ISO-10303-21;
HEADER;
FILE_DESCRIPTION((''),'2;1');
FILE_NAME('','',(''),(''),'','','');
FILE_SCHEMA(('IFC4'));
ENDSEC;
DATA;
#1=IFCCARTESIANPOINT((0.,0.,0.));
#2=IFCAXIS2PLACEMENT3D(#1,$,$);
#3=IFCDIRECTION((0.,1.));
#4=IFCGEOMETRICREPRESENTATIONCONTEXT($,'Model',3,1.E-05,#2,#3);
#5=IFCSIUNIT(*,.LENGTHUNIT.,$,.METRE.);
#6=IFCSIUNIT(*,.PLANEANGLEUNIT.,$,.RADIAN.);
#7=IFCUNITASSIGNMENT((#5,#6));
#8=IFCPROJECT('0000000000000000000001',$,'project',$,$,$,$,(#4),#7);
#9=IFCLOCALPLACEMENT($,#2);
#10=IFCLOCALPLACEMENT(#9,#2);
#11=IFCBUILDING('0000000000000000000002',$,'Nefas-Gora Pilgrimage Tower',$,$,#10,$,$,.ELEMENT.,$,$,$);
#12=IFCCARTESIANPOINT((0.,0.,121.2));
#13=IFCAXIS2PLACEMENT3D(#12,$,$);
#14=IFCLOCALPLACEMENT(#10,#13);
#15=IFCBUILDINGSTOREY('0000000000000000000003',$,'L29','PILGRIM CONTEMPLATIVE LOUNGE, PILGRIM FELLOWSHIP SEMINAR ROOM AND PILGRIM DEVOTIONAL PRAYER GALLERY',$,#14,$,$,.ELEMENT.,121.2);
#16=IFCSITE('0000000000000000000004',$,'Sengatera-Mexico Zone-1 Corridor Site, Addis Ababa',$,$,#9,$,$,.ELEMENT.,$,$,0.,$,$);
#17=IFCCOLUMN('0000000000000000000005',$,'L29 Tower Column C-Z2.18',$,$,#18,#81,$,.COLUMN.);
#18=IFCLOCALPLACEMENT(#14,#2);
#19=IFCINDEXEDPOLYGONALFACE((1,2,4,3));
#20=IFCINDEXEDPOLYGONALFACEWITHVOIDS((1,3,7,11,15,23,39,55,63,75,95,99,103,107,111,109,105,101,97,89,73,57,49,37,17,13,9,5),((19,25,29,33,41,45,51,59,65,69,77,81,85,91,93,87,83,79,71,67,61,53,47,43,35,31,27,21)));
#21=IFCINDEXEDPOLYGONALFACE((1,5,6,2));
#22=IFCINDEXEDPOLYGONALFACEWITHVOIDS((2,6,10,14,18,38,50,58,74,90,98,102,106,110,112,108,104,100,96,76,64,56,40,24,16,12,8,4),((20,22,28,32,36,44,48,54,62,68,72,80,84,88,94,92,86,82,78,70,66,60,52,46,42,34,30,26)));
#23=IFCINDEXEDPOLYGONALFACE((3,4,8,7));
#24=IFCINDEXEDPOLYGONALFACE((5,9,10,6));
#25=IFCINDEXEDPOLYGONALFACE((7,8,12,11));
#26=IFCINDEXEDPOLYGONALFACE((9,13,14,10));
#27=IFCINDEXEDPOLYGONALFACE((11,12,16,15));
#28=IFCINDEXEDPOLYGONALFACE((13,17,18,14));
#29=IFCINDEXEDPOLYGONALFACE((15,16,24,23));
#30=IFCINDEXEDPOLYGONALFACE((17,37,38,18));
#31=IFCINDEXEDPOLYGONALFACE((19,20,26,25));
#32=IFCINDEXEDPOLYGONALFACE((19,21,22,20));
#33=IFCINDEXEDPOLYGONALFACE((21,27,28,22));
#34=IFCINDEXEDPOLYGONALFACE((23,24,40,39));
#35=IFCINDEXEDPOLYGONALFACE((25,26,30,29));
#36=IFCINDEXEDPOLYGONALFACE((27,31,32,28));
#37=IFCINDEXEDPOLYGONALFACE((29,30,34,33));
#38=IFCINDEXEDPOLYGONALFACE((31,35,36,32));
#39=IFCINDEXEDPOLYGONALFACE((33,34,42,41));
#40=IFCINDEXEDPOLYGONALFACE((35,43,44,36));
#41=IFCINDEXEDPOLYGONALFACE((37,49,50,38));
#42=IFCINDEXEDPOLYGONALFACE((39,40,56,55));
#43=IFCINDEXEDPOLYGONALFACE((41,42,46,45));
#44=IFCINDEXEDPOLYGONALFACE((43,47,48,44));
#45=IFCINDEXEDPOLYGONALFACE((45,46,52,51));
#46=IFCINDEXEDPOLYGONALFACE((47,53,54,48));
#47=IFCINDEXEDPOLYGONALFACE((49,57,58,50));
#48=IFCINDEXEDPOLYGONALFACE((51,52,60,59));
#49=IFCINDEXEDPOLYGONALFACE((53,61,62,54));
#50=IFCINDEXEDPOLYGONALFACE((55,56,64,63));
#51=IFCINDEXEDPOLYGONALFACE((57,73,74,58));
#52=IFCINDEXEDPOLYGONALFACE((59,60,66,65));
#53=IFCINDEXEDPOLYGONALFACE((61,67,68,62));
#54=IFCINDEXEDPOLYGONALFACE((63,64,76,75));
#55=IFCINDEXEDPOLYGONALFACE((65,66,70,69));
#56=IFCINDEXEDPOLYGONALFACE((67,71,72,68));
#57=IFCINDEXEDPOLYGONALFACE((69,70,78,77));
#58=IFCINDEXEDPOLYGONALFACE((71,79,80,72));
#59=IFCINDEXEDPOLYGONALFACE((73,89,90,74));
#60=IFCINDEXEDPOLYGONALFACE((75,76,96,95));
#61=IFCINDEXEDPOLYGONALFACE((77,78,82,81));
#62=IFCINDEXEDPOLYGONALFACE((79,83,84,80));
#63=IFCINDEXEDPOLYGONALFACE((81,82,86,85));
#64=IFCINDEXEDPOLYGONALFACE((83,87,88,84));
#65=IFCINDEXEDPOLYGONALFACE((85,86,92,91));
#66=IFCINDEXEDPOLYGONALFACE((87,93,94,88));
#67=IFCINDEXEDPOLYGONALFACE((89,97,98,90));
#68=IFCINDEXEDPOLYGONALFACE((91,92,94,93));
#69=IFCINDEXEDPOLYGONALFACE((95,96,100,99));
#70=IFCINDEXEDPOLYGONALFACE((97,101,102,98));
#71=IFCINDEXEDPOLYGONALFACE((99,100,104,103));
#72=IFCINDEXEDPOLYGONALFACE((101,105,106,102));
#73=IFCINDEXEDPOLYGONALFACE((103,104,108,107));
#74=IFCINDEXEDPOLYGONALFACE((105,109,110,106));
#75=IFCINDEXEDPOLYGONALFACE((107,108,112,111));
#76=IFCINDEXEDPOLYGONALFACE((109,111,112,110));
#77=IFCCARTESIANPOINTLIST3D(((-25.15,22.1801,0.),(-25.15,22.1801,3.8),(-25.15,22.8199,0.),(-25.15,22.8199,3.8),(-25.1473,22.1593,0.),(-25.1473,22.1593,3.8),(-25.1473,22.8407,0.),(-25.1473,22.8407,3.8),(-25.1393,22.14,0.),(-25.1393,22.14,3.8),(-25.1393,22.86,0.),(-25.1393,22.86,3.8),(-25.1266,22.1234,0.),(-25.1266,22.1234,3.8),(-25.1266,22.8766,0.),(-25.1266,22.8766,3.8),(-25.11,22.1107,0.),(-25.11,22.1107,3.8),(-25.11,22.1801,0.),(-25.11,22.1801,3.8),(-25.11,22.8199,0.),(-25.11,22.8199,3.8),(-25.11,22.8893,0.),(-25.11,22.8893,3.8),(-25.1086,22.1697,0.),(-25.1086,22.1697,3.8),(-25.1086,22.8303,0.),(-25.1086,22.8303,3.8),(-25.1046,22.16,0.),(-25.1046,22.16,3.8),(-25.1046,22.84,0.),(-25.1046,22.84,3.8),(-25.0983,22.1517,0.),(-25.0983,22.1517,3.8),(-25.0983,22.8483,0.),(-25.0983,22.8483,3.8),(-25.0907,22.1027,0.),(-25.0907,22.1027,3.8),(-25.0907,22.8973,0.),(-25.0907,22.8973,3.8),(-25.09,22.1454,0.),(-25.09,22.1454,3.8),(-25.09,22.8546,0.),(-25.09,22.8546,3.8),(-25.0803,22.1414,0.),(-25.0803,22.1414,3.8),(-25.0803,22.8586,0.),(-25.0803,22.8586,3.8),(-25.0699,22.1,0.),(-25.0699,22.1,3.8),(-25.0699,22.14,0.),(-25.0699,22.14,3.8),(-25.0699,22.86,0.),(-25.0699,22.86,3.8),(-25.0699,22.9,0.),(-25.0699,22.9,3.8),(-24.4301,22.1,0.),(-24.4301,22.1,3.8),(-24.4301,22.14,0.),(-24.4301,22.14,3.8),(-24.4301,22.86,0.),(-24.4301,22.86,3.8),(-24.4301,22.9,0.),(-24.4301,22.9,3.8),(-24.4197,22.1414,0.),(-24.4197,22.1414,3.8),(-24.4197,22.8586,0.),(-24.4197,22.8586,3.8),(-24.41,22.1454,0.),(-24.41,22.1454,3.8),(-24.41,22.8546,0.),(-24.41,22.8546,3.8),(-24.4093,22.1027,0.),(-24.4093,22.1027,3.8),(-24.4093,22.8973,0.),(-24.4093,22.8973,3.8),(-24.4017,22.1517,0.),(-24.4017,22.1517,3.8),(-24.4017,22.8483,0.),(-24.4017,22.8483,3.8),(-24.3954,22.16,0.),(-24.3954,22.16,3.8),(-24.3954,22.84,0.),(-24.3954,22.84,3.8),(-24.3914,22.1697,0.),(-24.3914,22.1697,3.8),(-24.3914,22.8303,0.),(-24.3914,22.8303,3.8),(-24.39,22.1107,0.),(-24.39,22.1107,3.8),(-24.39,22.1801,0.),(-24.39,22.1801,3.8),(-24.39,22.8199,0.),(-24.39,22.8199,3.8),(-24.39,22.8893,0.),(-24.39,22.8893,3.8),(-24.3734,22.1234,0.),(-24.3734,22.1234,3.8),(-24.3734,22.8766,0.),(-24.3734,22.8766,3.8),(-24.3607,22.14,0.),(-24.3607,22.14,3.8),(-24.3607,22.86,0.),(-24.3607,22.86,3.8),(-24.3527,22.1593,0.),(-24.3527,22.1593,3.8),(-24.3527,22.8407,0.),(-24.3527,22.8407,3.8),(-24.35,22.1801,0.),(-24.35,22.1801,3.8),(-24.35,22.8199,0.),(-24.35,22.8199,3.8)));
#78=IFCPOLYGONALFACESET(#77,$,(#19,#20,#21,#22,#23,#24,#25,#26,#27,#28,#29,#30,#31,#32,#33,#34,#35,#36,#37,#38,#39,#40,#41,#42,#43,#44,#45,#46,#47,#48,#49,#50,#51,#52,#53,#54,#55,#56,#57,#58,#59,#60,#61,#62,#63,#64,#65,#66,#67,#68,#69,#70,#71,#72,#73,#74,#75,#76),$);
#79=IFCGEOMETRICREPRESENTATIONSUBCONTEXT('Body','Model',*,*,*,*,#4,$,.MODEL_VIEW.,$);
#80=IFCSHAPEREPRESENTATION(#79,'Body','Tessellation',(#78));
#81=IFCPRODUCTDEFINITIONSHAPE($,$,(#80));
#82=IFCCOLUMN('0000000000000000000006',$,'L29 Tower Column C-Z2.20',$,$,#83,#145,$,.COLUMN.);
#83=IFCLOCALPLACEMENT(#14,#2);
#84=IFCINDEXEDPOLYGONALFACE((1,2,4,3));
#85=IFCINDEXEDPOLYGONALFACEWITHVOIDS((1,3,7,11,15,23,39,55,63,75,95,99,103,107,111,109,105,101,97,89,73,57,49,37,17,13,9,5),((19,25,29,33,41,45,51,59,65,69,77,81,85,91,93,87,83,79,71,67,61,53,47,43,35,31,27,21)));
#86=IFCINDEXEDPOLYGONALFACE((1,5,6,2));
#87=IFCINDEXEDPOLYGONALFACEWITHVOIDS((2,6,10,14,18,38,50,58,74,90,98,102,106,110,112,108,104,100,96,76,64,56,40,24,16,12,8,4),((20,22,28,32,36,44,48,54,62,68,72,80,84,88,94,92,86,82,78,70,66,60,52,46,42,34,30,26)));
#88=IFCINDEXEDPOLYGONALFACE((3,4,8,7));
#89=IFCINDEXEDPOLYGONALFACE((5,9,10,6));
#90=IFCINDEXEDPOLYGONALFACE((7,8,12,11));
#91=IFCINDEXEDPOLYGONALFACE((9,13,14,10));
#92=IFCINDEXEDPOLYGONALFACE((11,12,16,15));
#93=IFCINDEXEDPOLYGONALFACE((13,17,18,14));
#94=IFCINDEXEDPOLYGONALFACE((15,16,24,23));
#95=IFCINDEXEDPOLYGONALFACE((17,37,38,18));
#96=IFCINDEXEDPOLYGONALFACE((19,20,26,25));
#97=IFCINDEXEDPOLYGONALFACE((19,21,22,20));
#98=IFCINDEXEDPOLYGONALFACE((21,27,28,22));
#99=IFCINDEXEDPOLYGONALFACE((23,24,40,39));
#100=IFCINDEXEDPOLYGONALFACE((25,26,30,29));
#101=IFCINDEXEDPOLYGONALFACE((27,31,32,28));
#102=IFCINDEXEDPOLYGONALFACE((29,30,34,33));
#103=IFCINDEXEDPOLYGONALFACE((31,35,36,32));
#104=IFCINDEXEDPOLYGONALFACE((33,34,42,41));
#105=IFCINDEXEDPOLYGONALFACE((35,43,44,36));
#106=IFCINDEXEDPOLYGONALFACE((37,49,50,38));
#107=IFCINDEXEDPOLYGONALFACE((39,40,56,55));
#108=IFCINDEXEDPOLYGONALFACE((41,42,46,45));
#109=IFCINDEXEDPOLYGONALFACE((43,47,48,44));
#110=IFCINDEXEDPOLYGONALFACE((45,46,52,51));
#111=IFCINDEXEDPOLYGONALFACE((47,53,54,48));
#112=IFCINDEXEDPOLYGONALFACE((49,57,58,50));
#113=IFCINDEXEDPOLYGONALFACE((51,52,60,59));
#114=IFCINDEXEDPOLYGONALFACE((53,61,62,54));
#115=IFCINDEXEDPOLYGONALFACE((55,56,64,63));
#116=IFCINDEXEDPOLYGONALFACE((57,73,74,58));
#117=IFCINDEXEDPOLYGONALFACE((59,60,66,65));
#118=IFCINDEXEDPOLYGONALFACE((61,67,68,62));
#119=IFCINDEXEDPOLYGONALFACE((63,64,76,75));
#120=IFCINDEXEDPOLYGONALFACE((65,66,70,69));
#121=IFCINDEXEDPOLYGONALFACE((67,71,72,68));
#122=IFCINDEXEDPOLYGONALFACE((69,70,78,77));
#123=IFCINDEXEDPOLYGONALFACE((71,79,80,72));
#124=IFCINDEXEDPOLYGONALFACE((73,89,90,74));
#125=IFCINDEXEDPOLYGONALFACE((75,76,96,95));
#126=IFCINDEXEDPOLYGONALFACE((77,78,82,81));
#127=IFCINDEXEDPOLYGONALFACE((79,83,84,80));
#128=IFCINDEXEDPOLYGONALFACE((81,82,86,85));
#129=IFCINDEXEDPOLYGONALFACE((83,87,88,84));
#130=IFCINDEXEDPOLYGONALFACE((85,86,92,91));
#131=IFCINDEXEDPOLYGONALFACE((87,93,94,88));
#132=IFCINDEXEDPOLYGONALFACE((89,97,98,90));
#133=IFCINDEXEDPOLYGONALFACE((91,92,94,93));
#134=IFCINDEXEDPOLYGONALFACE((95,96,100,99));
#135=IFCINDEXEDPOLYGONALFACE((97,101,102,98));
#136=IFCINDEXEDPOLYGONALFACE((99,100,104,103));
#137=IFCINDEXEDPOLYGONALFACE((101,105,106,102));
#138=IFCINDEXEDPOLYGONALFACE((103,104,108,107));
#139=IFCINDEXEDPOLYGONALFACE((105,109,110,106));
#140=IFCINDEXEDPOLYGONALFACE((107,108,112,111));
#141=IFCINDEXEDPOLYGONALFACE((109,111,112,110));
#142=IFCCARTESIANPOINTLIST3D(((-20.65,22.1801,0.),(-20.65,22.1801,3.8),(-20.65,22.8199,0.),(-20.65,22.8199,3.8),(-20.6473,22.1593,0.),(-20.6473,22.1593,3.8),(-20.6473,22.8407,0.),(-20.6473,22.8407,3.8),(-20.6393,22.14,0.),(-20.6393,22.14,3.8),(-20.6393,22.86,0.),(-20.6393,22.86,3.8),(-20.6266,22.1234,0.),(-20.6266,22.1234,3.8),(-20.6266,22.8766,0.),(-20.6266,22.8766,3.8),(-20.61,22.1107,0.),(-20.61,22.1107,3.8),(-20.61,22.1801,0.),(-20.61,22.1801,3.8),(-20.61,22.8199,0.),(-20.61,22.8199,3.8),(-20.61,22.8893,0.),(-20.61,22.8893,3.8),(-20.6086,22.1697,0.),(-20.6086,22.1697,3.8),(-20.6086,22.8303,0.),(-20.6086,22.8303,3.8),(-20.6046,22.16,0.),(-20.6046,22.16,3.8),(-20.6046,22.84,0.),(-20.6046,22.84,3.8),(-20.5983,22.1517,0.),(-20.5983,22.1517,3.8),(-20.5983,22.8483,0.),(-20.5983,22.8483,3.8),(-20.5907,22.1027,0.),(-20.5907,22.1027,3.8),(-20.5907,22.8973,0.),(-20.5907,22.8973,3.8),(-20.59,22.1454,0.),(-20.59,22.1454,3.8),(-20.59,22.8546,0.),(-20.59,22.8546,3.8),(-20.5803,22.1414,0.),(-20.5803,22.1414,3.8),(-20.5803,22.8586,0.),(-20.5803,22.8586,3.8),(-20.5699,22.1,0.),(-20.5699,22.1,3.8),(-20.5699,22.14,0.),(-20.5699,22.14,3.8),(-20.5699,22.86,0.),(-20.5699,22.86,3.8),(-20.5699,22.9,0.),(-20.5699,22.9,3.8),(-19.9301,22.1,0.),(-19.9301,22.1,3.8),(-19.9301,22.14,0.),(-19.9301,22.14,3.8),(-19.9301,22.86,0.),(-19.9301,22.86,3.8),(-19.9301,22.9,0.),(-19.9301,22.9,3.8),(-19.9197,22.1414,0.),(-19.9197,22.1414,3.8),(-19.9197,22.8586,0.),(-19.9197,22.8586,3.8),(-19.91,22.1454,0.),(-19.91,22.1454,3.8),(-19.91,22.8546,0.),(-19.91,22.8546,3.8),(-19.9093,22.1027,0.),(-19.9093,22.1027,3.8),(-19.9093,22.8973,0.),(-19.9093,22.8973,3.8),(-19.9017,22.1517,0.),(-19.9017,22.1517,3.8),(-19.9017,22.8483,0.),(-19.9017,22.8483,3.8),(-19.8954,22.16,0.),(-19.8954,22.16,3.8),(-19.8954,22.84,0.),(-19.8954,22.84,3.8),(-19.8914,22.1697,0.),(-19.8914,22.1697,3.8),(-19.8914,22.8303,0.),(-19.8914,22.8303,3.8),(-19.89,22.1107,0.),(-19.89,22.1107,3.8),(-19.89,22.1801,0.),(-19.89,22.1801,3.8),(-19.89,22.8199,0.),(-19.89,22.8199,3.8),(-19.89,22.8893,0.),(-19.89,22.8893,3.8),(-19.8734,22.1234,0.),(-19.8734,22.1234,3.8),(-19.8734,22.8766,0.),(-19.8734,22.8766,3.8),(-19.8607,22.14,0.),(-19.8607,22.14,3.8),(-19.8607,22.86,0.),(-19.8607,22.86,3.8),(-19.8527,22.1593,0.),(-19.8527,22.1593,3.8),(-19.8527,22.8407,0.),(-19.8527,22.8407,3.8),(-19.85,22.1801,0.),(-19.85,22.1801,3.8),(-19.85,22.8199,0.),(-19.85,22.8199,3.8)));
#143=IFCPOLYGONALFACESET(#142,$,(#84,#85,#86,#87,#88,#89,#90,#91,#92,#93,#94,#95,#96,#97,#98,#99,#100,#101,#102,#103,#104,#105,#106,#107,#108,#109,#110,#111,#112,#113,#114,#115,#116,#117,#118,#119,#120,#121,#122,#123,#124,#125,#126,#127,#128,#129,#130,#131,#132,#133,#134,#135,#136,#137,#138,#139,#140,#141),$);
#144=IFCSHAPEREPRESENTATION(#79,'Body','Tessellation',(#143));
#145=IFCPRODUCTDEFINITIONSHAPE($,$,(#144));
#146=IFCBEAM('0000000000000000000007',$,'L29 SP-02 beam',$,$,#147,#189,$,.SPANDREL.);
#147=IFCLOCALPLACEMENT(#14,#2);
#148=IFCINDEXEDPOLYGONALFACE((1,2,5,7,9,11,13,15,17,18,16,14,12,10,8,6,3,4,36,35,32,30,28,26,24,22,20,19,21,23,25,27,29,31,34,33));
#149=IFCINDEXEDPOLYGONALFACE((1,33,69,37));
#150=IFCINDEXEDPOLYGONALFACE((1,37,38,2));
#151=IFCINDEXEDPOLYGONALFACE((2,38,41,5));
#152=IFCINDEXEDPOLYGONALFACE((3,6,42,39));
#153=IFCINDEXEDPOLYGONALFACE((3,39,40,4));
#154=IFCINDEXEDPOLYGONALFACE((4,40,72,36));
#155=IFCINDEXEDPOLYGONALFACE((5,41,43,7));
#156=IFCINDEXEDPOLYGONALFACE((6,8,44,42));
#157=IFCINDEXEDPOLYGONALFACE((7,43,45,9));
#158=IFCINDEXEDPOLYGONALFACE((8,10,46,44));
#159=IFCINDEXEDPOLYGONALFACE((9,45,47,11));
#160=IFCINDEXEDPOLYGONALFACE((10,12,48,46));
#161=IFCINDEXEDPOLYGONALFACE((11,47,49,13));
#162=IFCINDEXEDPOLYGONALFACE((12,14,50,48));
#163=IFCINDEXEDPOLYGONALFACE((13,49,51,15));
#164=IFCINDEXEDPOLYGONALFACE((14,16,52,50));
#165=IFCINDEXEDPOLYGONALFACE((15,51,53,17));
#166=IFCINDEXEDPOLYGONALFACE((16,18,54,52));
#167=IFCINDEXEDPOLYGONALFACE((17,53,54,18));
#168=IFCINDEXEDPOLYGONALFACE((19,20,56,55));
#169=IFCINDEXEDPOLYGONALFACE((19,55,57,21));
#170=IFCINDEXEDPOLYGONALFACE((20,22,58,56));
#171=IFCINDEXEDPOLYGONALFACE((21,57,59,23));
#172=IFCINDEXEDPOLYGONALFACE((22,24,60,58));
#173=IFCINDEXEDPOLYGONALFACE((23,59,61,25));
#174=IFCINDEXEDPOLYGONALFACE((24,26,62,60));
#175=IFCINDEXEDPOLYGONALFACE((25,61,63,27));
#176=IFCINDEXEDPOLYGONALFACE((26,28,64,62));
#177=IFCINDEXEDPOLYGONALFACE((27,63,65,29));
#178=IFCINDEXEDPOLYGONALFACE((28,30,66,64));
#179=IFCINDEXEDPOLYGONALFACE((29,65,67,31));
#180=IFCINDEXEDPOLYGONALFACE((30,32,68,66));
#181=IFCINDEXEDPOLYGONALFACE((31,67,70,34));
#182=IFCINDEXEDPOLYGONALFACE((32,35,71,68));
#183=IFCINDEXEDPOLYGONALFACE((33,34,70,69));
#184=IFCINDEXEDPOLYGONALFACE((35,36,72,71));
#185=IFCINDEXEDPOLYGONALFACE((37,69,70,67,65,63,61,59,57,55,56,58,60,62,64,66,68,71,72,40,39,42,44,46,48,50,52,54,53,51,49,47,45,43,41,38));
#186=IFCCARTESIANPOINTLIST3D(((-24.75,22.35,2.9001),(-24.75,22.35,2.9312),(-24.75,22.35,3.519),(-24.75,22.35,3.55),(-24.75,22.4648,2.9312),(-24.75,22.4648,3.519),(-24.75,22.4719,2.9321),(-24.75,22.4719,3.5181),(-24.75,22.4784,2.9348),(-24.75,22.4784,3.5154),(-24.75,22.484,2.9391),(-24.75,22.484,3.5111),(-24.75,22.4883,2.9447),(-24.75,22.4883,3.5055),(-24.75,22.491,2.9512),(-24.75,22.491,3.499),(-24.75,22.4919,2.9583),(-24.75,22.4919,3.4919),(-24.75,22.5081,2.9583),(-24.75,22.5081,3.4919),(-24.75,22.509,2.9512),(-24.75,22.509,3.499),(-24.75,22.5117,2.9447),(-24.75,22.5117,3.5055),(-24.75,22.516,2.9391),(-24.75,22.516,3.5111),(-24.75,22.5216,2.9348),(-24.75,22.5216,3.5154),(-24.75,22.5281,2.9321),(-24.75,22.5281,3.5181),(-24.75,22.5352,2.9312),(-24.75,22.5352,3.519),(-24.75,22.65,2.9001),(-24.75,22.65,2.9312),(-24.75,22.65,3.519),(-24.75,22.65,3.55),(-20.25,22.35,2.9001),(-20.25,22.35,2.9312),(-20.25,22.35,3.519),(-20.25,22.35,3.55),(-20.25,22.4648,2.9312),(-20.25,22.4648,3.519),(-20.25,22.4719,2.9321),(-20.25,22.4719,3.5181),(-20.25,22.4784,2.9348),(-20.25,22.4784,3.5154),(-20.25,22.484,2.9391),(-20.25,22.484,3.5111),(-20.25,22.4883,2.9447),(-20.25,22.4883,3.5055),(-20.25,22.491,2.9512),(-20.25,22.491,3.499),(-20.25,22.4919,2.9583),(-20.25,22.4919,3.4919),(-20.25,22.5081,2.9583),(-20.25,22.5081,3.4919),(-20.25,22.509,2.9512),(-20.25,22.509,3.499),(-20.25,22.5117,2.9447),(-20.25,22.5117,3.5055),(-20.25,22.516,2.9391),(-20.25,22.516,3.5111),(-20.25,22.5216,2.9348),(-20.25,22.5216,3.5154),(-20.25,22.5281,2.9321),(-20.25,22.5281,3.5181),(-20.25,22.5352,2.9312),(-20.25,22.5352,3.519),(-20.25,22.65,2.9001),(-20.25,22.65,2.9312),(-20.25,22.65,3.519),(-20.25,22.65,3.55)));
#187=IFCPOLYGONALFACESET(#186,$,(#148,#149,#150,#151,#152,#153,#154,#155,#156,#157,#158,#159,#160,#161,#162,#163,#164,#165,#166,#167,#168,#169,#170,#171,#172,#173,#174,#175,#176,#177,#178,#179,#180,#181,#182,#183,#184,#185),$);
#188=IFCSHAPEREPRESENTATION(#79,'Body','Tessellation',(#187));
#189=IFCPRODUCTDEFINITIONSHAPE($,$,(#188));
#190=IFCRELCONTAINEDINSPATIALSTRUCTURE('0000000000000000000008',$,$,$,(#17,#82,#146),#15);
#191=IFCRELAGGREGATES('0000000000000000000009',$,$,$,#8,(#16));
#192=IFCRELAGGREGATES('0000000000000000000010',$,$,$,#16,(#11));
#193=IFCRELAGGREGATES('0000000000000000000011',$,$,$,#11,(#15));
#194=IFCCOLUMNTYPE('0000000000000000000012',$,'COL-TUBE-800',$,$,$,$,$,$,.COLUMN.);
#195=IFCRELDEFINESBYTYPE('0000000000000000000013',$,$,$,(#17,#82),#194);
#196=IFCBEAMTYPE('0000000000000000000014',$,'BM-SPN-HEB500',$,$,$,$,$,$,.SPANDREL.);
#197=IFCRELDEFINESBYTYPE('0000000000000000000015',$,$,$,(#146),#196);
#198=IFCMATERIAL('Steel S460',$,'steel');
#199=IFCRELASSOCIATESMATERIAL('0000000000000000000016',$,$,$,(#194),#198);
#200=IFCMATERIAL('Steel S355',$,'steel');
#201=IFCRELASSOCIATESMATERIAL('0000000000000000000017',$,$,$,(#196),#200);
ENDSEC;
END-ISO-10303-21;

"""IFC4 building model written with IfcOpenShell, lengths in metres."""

from ifc_helpers import new_model, si_unit, direction, frame, origin, origin_2d, place, context, subcontext, project, spatial, hollow_rectangle, i_section, extrude, source, transform, mapped, material, material_profile, profile_set, type_object, element, save


model = new_model("IFC4")

# Units and contexts
model_context = context("Model", 3, precision=1e-05, world=origin(), true_north=direction((0.0, 1.0)))
body_context = subcontext(model_context, "Body", "Model", "MODEL_VIEW")
ifc_project = project(units=[si_unit("LENGTHUNIT", "METRE"), si_unit("PLANEANGLEUNIT", "RADIAN")], contexts=[model_context])

# Site, building, storey
site_placement = place(None, origin())
site = spatial("IfcSite", under=ifc_project, at=site_placement, Name="Sengatera-Mexico Zone-1 Corridor Site, Addis Ababa", CompositionType="ELEMENT", RefElevation=0.0)
building_placement = place(site_placement, origin())
building = spatial("IfcBuilding", under=site, at=building_placement, Name="Nefas-Gora Pilgrimage Tower", CompositionType="ELEMENT")
storey_placement = place(building_placement, frame((0.0, 0.0, 121.2)))
storey = spatial("IfcBuildingStorey", under=building, at=storey_placement, Name="L29", Description="PILGRIM CONTEMPLATIVE LOUNGE, PILGRIM FELLOWSHIP SEMINAR ROOM AND PILGRIM DEVOTIONAL PRAYER GALLERY", CompositionType="ELEMENT", Elevation=121.2)

# Columns
ifc_material_1 = material(Name="Steel S460", Category="steel")
ifc_material_profile_1 = material_profile(ifc_material_1, hollow_rectangle(XDim=0.8, YDim=0.8, WallThickness=0.04, InnerFilletRadius=0.04, OuterFilletRadius=0.0801, at=origin_2d()), Name="BOX 800x800x40")
ifc_profile_set_1 = profile_set([ifc_material_profile_1], Name="Steel S460")
column_type_1 = type_object("IfcColumnType", Name="COL-TUBE-800", PredefinedType="COLUMN", material=ifc_profile_set_1)
shared_shape_1 = source(origin(), body_context, "Body", "SweptSolid", [
    extrude(hollow_rectangle(XDim=0.8, YDim=0.8, WallThickness=0.04, InnerFilletRadius=0.04, OuterFilletRadius=0.0801, at=origin_2d()), origin(), (0.0, 0.0, 1.0), 3.8),
])
for number, where, z_axis, x_axis, name in (
    (1, (-24.75, 22.5, 0.0), (0.0, 0.0, 1.0), (1.0, 0.0, 0.0), "L29 Tower Column C-Z2.18"),
    (2, (-20.25, 22.5, 0.0), (0.0, 0.0, 1.0), (1.0, 0.0, 0.0), "L29 Tower Column C-Z2.20"),
):
    element("IfcColumn", number, at=place(storey_placement, frame(where, z_axis=z_axis, x_axis=x_axis)), inside=storey, type_object=column_type_1, Name=name, PredefinedType="COLUMN", context=body_context, shape_type="MappedRepresentation", body=[
        mapped(shared_shape_1, transform((0.0, 0.0, 0.0), x_axis=(1.0, 0.0, 0.0), y_axis=(0.0, 1.0, 0.0), z_axis=(0.0, 0.0, 1.0), scale=1.0)),
    ])

# Beam
ifc_material_2 = material(Name="Steel S355", Category="steel")
ifc_material_profile_2 = material_profile(ifc_material_2, i_section(OverallWidth=0.3, OverallDepth=0.6499, WebThickness=0.0161, FlangeThickness=0.031, FilletRadius=0.0271, at=origin_2d()), Name="HEB 650")
ifc_profile_set_2 = profile_set([ifc_material_profile_2], Name="Steel S355")
beam_type_1 = type_object("IfcBeamType", Name="BM-SPN-HEB500", PredefinedType="SPANDREL", material=ifc_profile_set_2)
shared_shape_2 = source(origin(), body_context, "Body", "SweptSolid", [
    extrude(i_section(OverallWidth=0.3, OverallDepth=0.6499, WebThickness=0.0161, FlangeThickness=0.031, FilletRadius=0.0271, at=origin_2d()), origin(), (0.0, 0.0, 1.0), 4.5),
])
beam_placement = place(storey_placement, frame((-24.75, 22.5, 3.2251), z_axis=(1.0, 0.0, 0.0), x_axis=(0.0, 1.0, 0.0)))
element("IfcBeam", 3, at=beam_placement, inside=storey, type_object=beam_type_1, Name="L29 SP-02 beam", PredefinedType="SPANDREL", context=body_context, shape_type="MappedRepresentation", body=[
    mapped(shared_shape_2, transform((0.0, 0.0, 0.0), x_axis=(1.0, 0.0, 0.0), y_axis=(0.0, 1.0, 0.0), z_axis=(0.0, 0.0, 1.0), scale=1.0)),
])

save(model, "model.ifc")
